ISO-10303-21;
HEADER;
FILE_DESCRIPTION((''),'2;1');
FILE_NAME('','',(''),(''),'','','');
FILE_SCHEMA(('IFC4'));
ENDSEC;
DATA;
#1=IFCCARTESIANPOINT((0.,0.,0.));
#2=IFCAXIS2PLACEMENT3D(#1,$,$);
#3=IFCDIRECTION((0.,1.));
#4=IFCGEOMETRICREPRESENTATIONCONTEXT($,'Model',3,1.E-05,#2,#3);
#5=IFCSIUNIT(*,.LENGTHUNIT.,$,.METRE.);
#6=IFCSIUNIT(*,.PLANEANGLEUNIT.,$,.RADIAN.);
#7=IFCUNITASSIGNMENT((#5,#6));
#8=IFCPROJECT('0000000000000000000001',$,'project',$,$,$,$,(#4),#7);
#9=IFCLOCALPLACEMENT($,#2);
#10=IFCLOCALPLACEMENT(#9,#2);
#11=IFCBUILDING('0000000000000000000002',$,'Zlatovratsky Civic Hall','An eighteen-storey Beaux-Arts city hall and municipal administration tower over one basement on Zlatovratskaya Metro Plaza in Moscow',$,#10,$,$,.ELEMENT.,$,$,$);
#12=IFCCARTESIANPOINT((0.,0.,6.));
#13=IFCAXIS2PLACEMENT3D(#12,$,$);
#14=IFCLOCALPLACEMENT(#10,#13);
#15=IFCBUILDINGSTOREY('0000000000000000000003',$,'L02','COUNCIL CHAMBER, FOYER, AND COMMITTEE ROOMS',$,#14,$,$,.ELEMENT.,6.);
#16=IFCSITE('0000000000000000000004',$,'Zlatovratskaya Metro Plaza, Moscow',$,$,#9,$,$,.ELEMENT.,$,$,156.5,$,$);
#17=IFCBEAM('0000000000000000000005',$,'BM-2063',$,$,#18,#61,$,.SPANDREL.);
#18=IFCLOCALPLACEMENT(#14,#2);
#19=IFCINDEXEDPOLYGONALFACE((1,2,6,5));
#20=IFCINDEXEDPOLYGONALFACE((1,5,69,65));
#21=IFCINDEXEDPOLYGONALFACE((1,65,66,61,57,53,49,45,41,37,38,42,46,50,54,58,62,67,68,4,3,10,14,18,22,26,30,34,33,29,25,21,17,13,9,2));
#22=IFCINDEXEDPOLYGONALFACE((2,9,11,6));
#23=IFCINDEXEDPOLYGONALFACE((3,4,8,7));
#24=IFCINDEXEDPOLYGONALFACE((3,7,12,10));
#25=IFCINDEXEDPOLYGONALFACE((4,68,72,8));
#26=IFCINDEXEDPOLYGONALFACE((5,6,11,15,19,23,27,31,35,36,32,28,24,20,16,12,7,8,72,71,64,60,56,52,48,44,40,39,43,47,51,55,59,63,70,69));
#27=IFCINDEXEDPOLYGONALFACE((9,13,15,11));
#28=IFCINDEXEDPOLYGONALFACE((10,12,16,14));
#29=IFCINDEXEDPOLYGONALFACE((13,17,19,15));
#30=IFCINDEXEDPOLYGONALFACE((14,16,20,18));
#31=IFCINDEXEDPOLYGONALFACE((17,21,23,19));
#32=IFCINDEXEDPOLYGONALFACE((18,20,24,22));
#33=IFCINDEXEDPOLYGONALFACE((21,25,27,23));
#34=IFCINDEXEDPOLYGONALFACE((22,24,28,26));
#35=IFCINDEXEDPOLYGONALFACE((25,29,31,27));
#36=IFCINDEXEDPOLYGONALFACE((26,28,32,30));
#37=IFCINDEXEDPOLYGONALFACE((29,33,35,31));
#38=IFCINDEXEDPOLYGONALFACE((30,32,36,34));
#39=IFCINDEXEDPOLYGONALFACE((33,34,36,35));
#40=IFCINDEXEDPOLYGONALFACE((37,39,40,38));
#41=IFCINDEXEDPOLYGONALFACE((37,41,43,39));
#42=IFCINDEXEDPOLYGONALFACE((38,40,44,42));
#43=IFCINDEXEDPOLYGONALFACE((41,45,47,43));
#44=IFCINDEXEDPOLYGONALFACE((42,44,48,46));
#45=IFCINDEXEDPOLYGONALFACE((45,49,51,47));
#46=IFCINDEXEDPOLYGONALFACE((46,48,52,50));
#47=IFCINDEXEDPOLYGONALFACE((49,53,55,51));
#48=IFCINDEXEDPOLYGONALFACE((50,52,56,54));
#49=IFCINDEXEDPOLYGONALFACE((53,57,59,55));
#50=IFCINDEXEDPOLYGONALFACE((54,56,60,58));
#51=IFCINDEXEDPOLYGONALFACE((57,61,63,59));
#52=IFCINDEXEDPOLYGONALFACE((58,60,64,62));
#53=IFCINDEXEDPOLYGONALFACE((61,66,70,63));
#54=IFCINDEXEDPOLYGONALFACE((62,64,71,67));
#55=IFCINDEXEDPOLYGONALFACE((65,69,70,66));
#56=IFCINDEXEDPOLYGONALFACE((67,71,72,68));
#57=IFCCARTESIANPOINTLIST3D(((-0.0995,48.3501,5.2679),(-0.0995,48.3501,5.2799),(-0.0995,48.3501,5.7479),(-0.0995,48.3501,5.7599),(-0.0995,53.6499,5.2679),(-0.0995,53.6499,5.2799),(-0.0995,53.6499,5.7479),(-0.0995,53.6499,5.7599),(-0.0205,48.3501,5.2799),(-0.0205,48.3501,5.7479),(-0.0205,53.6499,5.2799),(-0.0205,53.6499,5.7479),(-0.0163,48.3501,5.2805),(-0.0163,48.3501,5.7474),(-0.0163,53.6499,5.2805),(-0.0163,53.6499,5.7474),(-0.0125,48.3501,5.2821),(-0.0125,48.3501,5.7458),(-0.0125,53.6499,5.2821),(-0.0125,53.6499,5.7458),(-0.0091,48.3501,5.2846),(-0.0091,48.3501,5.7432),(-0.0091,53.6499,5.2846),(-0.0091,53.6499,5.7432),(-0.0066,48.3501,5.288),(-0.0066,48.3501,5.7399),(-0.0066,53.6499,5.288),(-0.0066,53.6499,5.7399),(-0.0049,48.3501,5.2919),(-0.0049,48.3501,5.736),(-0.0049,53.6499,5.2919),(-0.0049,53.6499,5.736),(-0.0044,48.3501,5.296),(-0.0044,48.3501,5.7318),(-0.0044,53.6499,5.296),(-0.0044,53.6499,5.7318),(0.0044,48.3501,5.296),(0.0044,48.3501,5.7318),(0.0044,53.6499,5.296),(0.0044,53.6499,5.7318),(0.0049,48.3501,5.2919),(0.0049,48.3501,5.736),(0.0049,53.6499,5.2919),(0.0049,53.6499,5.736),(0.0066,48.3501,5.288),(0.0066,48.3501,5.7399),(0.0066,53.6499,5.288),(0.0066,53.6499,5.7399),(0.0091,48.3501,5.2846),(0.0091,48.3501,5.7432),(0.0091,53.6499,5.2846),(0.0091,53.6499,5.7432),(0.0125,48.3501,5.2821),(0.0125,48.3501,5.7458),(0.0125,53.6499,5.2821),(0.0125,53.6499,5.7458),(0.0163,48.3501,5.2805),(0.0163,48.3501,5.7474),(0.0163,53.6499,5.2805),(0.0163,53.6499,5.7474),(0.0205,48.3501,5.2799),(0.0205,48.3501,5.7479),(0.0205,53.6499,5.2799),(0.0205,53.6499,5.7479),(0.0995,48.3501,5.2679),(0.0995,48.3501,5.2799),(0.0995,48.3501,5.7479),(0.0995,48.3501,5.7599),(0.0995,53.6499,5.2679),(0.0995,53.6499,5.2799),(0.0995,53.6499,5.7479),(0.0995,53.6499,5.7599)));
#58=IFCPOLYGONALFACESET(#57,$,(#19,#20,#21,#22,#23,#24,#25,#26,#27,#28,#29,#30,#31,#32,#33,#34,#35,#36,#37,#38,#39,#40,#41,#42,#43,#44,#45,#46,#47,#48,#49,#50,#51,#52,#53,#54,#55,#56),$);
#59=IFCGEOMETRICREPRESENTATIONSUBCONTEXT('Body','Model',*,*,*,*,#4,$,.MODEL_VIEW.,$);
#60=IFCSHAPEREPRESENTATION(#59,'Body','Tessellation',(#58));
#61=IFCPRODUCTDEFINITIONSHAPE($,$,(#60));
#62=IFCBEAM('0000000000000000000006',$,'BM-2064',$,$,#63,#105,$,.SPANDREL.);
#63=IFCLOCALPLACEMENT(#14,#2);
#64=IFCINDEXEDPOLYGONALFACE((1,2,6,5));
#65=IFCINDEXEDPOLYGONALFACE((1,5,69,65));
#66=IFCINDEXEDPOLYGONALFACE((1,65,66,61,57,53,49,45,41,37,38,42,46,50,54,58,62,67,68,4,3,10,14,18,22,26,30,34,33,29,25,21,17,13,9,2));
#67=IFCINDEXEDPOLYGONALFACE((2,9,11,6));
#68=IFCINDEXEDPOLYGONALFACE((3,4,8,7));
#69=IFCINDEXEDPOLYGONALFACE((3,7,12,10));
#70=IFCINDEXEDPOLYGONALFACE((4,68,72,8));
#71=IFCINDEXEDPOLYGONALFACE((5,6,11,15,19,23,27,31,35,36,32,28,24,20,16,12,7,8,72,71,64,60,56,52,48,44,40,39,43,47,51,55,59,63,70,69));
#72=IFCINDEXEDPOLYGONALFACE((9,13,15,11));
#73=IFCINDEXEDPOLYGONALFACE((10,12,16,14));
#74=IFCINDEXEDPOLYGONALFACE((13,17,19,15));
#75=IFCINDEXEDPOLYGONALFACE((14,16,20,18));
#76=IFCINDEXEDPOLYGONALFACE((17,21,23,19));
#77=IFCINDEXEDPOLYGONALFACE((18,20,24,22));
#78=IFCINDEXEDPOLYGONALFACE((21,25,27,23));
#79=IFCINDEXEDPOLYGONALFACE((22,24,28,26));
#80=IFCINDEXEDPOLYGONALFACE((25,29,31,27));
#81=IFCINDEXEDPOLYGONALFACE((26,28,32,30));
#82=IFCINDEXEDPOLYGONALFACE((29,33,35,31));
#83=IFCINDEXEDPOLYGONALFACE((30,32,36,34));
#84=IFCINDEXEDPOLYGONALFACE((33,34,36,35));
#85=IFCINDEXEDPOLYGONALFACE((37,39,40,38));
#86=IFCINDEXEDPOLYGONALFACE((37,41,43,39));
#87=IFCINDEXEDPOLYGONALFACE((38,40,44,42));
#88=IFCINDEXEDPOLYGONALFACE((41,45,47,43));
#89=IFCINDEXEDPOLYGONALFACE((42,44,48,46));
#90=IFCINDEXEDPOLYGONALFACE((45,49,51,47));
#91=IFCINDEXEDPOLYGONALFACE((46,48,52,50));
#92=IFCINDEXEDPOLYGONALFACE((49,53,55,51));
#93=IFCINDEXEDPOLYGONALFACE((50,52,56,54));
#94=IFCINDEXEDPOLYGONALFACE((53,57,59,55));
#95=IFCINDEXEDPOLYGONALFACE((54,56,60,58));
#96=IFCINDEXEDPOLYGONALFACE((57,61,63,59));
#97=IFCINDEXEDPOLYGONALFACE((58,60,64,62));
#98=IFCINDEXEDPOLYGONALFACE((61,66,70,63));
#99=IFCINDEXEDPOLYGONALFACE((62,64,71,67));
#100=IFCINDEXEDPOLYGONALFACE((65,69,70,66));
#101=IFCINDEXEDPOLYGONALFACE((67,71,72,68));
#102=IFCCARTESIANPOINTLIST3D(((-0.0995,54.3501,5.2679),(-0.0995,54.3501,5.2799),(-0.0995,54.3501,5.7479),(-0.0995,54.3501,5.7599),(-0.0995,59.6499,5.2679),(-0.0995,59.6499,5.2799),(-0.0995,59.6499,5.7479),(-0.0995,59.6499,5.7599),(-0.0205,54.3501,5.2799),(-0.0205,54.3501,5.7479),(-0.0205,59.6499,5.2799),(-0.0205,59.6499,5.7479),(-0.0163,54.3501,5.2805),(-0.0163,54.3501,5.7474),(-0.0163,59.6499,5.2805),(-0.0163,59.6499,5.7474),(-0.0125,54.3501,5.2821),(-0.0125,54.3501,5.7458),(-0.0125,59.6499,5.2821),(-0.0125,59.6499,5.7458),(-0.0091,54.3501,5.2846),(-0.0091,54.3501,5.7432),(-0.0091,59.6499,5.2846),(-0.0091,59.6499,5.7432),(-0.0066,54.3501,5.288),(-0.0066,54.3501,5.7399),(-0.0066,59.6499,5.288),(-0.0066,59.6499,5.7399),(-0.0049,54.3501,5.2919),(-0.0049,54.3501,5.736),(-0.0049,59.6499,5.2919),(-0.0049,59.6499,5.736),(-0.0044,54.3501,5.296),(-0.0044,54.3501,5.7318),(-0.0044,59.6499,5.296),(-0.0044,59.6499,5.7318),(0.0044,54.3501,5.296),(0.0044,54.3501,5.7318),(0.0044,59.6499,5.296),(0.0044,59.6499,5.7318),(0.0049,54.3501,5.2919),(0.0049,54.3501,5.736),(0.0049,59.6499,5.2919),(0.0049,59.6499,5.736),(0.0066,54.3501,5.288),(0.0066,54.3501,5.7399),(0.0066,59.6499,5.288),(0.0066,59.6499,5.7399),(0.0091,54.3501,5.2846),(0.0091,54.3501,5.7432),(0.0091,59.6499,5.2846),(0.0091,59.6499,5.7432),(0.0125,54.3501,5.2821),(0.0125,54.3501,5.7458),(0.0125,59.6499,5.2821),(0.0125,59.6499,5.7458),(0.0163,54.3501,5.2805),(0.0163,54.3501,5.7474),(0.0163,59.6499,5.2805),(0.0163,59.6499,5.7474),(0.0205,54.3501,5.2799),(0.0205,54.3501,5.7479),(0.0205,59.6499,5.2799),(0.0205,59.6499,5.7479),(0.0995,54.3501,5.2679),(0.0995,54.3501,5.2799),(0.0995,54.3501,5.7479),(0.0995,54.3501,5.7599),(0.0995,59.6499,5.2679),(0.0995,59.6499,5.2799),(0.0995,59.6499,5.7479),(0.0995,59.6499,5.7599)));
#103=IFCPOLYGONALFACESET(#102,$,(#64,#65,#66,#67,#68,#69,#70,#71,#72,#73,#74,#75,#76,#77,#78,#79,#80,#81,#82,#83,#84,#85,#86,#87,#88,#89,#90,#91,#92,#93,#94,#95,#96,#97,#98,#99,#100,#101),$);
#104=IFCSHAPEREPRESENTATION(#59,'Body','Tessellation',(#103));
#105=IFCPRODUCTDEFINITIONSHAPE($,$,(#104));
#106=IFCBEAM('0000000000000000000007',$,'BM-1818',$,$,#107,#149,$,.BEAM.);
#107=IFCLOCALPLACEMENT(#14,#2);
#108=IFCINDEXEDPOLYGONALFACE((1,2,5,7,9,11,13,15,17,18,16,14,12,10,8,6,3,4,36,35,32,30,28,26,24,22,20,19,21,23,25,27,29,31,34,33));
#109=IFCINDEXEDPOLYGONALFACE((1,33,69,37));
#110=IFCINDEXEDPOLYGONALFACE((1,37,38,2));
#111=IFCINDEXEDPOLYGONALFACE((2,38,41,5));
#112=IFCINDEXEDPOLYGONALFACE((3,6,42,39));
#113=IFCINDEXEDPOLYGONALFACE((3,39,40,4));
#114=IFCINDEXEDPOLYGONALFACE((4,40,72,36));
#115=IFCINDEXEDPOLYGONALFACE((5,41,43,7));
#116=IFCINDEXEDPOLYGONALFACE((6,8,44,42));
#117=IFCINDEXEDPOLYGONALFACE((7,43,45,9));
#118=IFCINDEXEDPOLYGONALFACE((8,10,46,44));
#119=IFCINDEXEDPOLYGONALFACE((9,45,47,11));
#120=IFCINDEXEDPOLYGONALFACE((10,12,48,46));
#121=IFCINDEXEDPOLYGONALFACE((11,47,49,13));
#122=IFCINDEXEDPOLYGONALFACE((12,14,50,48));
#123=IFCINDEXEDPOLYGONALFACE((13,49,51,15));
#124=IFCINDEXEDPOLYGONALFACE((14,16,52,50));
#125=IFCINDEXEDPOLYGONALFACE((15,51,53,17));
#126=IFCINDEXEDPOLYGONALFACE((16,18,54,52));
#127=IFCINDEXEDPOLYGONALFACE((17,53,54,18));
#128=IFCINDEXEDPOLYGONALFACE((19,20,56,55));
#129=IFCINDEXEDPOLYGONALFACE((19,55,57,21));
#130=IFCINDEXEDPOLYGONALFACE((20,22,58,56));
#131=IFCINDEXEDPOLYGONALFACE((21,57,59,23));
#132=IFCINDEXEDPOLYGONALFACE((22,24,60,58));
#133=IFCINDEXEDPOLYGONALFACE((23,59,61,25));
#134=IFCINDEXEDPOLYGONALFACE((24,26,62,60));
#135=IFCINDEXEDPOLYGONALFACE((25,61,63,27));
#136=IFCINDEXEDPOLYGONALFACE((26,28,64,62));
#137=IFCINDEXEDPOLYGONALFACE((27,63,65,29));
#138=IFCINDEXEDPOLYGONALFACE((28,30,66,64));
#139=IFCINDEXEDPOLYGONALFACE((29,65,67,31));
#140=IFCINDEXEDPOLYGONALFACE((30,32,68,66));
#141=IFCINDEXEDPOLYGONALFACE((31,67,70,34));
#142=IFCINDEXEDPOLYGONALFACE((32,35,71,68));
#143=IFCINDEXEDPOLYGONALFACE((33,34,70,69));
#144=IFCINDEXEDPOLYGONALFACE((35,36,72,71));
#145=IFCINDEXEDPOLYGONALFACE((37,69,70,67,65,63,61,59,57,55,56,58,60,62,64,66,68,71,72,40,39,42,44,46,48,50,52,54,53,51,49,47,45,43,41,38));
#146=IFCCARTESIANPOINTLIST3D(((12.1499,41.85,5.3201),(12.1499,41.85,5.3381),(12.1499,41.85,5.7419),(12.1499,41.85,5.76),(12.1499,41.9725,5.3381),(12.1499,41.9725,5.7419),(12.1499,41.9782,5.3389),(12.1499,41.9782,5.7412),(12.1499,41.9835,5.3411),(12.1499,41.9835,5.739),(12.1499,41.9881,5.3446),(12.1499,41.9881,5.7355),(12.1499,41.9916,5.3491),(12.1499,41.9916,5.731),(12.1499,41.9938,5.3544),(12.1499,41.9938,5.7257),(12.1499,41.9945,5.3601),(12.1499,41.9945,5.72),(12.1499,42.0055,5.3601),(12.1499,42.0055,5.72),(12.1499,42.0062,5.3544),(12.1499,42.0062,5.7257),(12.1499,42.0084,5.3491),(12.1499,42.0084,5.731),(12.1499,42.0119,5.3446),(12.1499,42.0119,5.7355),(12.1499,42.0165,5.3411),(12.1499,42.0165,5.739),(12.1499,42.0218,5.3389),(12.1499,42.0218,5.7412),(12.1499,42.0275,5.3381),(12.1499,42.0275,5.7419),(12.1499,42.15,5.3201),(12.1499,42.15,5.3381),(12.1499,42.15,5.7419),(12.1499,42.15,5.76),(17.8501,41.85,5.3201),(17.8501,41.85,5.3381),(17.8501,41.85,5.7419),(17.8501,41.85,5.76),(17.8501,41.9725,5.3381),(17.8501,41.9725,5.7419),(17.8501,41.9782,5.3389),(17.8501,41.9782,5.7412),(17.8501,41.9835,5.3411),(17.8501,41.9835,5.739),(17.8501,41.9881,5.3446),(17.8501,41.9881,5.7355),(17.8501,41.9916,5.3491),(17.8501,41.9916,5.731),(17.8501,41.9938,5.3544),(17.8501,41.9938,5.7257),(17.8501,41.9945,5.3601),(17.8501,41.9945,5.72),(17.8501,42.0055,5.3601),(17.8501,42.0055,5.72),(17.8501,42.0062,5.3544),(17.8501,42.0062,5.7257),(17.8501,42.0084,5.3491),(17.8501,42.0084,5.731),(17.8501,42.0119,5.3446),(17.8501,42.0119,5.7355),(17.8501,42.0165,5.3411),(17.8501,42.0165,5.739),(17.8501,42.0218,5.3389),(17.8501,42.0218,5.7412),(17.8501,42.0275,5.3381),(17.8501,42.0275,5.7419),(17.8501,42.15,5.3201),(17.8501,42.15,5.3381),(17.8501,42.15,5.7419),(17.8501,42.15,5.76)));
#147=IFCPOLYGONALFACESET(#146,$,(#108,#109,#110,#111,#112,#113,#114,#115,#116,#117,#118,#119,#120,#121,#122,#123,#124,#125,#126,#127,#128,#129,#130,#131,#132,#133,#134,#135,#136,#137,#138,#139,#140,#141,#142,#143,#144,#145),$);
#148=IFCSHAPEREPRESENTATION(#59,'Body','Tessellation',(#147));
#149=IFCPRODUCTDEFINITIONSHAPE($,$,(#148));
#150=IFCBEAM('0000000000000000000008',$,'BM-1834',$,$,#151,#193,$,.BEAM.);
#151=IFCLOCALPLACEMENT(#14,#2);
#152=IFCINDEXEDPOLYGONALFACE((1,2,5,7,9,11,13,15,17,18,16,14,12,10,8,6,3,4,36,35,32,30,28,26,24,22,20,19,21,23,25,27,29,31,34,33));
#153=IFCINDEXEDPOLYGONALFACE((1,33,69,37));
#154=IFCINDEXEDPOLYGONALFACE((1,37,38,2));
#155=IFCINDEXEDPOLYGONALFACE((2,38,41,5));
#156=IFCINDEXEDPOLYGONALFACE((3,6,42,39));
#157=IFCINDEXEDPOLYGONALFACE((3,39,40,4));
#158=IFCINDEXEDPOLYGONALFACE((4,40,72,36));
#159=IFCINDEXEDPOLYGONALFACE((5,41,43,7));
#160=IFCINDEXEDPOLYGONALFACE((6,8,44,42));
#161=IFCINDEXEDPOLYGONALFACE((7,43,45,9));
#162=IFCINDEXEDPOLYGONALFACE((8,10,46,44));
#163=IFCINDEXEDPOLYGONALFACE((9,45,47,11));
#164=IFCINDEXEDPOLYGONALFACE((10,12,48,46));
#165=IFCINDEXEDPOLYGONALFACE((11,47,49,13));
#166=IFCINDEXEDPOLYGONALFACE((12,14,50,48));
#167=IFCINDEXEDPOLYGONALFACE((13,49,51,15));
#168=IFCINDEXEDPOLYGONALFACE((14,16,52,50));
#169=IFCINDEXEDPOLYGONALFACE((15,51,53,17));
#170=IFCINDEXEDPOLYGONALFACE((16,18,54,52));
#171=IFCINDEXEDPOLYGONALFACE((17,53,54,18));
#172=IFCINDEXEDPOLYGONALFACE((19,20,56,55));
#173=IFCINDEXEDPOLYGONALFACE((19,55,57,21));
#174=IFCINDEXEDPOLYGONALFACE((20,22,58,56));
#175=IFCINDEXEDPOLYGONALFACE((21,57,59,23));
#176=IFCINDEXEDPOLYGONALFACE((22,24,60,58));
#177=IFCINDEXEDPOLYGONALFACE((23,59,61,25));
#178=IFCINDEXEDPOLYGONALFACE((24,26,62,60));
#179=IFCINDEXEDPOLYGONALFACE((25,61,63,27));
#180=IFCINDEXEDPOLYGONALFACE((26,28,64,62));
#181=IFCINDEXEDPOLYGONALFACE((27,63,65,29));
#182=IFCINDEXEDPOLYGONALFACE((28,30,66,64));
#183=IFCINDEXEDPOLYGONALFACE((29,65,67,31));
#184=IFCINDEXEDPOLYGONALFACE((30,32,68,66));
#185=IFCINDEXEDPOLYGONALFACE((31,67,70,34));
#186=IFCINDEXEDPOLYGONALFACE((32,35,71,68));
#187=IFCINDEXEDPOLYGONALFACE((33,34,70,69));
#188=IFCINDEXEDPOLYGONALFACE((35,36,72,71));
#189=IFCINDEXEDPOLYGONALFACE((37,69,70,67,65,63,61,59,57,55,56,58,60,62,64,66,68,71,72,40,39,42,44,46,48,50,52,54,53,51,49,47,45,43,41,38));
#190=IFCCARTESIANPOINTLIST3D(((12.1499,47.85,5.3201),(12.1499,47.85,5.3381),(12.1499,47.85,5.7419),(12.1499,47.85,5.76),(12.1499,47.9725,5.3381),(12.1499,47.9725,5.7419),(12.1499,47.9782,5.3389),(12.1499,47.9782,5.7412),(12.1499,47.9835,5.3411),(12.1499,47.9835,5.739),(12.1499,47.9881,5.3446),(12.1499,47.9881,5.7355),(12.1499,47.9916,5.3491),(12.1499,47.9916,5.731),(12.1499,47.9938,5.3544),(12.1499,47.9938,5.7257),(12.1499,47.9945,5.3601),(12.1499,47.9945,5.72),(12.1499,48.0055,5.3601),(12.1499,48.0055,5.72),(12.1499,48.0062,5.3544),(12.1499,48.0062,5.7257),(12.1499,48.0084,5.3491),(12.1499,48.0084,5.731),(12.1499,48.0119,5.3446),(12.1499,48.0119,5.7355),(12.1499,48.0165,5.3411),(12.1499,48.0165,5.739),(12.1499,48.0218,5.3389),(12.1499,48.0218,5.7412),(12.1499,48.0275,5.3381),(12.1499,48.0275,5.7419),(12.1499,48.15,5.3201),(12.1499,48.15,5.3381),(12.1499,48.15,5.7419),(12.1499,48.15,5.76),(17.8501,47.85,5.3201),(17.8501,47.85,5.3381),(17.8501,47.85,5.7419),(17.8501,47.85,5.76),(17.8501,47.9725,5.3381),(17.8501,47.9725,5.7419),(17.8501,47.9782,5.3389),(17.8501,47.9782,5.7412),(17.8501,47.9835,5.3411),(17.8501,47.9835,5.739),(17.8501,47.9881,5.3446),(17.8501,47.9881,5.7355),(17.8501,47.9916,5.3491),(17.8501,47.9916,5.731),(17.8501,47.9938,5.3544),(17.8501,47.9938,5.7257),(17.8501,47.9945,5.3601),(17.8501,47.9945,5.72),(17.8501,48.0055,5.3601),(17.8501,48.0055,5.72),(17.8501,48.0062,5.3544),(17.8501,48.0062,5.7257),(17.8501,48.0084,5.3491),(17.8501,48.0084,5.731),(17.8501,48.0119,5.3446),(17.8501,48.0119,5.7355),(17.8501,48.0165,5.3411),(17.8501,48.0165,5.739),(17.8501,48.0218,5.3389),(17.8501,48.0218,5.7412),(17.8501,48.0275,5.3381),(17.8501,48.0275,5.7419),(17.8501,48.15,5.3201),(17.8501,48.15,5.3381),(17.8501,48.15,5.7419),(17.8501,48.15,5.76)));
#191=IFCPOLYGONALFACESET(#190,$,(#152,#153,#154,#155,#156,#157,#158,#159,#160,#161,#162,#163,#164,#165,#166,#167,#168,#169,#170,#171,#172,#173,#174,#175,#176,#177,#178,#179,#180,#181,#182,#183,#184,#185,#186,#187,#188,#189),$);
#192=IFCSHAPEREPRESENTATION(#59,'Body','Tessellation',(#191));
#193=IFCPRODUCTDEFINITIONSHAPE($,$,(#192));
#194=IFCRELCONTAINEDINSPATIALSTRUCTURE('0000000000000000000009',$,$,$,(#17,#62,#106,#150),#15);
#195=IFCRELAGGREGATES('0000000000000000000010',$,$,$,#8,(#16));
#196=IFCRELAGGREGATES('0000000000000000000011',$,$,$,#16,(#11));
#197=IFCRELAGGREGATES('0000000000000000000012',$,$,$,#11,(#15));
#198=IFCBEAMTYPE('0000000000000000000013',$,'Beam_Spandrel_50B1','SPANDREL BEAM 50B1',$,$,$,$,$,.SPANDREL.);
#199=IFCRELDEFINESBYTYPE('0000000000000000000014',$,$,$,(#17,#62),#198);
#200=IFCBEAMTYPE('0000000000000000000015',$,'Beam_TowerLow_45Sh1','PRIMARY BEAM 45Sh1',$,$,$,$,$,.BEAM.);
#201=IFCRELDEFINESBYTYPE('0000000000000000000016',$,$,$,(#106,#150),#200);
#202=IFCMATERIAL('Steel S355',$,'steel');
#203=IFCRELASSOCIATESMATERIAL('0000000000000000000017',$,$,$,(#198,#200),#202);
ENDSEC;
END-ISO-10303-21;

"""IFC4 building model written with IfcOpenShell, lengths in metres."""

from ifc_helpers import new_model, si_unit, direction, frame, origin, origin_2d, place, context, subcontext, project, spatial, i_section, extrude, material, material_profile, profile_set, type_object, element, save


model = new_model("IFC4")

# Units and contexts
model_context = context("Model", 3, precision=1e-05, world=origin(), true_north=direction((0.0, 1.0)))
body_context = subcontext(model_context, "Body", "Model", "MODEL_VIEW")
ifc_project = project(units=[si_unit("LENGTHUNIT", "METRE"), si_unit("PLANEANGLEUNIT", "RADIAN")], contexts=[model_context])

# Site, building, storey
site_placement = place(None, origin())
site = spatial("IfcSite", under=ifc_project, at=site_placement, Name="Zlatovratskaya Metro Plaza, Moscow", CompositionType="ELEMENT", RefElevation=156.5)
building_placement = place(site_placement, origin())
building = spatial("IfcBuilding", under=site, at=building_placement, Name="Zlatovratsky Civic Hall", Description="An eighteen-storey Beaux-Arts city hall and municipal administration tower over one basement on Zlatovratskaya Metro Plaza in Moscow", CompositionType="ELEMENT")
storey_placement = place(building_placement, frame((0.0, 0.0, 6.0)))
storey = spatial("IfcBuildingStorey", under=building, at=storey_placement, Name="L02", Description="COUNCIL CHAMBER, FOYER, AND COMMITTEE ROOMS", CompositionType="ELEMENT", Elevation=6.0)

# Shared definitions
ifc_material_1 = material(Name="Steel S355", Category="steel")

# Beams
ifc_material_profile_1 = material_profile(ifc_material_1, i_section(OverallWidth=0.199, OverallDepth=0.4919, WebThickness=0.0088, FlangeThickness=0.012, FilletRadius=0.0161, at=origin_2d()), Name="50B1")
ifc_profile_set_1 = profile_set([ifc_material_profile_1], Name="Steel S355")
beam_type_1 = type_object("IfcBeamType", Name="Beam_Spandrel_50B1", Description="SPANDREL BEAM 50B1", PredefinedType="SPANDREL", material=ifc_profile_set_1)
for number, where, z_axis, x_axis, name in (
    (1, (0.0, 48.3501, 5.5139), (0.0, 1.0, 0.0), (-1.0, 0.0, 0.0), "BM-2063"),
    (2, (0.0, 54.3501, 5.5139), (0.0, 1.0, 0.0), (-1.0, 0.0, 0.0), "BM-2064"),
):
    element("IfcBeam", number, at=place(storey_placement, frame(where, z_axis=z_axis, x_axis=x_axis)), inside=storey, type_object=beam_type_1, Name=name, PredefinedType="SPANDREL", context=body_context, shape_type="SweptSolid", body=[
        extrude(i_section(OverallWidth=0.199, OverallDepth=0.4919, WebThickness=0.0088, FlangeThickness=0.012, FilletRadius=0.0161, at=origin_2d()), origin(), (0.0, 0.0, 1.0), 5.2998),
    ])
ifc_material_profile_2 = material_profile(ifc_material_1, i_section(OverallWidth=0.3, OverallDepth=0.4399, WebThickness=0.011, FlangeThickness=0.0181, FilletRadius=0.022, at=origin_2d()), Name="45Sh1")
ifc_profile_set_2 = profile_set([ifc_material_profile_2], Name="Steel S355")
beam_type_2 = type_object("IfcBeamType", Name="Beam_TowerLow_45Sh1", Description="PRIMARY BEAM 45Sh1", PredefinedType="BEAM", material=ifc_profile_set_2)
for number, where, z_axis, x_axis, name in (
    (3, (12.1499, 42.0, 5.54), (1.0, 0.0, 0.0), (0.0, 1.0, 0.0), "BM-1818"),
    (4, (12.1499, 48.0, 5.54), (1.0, 0.0, 0.0), (0.0, 1.0, 0.0), "BM-1834"),
):
    element("IfcBeam", number, at=place(storey_placement, frame(where, z_axis=z_axis, x_axis=x_axis)), inside=storey, type_object=beam_type_2, Name=name, PredefinedType="BEAM", context=body_context, shape_type="SweptSolid", body=[
        extrude(i_section(OverallWidth=0.3, OverallDepth=0.4399, WebThickness=0.011, FlangeThickness=0.0181, FilletRadius=0.022, at=origin_2d()), origin(), (0.0, 0.0, 1.0), 5.7002),
    ])

save(model, "model.ifc")
